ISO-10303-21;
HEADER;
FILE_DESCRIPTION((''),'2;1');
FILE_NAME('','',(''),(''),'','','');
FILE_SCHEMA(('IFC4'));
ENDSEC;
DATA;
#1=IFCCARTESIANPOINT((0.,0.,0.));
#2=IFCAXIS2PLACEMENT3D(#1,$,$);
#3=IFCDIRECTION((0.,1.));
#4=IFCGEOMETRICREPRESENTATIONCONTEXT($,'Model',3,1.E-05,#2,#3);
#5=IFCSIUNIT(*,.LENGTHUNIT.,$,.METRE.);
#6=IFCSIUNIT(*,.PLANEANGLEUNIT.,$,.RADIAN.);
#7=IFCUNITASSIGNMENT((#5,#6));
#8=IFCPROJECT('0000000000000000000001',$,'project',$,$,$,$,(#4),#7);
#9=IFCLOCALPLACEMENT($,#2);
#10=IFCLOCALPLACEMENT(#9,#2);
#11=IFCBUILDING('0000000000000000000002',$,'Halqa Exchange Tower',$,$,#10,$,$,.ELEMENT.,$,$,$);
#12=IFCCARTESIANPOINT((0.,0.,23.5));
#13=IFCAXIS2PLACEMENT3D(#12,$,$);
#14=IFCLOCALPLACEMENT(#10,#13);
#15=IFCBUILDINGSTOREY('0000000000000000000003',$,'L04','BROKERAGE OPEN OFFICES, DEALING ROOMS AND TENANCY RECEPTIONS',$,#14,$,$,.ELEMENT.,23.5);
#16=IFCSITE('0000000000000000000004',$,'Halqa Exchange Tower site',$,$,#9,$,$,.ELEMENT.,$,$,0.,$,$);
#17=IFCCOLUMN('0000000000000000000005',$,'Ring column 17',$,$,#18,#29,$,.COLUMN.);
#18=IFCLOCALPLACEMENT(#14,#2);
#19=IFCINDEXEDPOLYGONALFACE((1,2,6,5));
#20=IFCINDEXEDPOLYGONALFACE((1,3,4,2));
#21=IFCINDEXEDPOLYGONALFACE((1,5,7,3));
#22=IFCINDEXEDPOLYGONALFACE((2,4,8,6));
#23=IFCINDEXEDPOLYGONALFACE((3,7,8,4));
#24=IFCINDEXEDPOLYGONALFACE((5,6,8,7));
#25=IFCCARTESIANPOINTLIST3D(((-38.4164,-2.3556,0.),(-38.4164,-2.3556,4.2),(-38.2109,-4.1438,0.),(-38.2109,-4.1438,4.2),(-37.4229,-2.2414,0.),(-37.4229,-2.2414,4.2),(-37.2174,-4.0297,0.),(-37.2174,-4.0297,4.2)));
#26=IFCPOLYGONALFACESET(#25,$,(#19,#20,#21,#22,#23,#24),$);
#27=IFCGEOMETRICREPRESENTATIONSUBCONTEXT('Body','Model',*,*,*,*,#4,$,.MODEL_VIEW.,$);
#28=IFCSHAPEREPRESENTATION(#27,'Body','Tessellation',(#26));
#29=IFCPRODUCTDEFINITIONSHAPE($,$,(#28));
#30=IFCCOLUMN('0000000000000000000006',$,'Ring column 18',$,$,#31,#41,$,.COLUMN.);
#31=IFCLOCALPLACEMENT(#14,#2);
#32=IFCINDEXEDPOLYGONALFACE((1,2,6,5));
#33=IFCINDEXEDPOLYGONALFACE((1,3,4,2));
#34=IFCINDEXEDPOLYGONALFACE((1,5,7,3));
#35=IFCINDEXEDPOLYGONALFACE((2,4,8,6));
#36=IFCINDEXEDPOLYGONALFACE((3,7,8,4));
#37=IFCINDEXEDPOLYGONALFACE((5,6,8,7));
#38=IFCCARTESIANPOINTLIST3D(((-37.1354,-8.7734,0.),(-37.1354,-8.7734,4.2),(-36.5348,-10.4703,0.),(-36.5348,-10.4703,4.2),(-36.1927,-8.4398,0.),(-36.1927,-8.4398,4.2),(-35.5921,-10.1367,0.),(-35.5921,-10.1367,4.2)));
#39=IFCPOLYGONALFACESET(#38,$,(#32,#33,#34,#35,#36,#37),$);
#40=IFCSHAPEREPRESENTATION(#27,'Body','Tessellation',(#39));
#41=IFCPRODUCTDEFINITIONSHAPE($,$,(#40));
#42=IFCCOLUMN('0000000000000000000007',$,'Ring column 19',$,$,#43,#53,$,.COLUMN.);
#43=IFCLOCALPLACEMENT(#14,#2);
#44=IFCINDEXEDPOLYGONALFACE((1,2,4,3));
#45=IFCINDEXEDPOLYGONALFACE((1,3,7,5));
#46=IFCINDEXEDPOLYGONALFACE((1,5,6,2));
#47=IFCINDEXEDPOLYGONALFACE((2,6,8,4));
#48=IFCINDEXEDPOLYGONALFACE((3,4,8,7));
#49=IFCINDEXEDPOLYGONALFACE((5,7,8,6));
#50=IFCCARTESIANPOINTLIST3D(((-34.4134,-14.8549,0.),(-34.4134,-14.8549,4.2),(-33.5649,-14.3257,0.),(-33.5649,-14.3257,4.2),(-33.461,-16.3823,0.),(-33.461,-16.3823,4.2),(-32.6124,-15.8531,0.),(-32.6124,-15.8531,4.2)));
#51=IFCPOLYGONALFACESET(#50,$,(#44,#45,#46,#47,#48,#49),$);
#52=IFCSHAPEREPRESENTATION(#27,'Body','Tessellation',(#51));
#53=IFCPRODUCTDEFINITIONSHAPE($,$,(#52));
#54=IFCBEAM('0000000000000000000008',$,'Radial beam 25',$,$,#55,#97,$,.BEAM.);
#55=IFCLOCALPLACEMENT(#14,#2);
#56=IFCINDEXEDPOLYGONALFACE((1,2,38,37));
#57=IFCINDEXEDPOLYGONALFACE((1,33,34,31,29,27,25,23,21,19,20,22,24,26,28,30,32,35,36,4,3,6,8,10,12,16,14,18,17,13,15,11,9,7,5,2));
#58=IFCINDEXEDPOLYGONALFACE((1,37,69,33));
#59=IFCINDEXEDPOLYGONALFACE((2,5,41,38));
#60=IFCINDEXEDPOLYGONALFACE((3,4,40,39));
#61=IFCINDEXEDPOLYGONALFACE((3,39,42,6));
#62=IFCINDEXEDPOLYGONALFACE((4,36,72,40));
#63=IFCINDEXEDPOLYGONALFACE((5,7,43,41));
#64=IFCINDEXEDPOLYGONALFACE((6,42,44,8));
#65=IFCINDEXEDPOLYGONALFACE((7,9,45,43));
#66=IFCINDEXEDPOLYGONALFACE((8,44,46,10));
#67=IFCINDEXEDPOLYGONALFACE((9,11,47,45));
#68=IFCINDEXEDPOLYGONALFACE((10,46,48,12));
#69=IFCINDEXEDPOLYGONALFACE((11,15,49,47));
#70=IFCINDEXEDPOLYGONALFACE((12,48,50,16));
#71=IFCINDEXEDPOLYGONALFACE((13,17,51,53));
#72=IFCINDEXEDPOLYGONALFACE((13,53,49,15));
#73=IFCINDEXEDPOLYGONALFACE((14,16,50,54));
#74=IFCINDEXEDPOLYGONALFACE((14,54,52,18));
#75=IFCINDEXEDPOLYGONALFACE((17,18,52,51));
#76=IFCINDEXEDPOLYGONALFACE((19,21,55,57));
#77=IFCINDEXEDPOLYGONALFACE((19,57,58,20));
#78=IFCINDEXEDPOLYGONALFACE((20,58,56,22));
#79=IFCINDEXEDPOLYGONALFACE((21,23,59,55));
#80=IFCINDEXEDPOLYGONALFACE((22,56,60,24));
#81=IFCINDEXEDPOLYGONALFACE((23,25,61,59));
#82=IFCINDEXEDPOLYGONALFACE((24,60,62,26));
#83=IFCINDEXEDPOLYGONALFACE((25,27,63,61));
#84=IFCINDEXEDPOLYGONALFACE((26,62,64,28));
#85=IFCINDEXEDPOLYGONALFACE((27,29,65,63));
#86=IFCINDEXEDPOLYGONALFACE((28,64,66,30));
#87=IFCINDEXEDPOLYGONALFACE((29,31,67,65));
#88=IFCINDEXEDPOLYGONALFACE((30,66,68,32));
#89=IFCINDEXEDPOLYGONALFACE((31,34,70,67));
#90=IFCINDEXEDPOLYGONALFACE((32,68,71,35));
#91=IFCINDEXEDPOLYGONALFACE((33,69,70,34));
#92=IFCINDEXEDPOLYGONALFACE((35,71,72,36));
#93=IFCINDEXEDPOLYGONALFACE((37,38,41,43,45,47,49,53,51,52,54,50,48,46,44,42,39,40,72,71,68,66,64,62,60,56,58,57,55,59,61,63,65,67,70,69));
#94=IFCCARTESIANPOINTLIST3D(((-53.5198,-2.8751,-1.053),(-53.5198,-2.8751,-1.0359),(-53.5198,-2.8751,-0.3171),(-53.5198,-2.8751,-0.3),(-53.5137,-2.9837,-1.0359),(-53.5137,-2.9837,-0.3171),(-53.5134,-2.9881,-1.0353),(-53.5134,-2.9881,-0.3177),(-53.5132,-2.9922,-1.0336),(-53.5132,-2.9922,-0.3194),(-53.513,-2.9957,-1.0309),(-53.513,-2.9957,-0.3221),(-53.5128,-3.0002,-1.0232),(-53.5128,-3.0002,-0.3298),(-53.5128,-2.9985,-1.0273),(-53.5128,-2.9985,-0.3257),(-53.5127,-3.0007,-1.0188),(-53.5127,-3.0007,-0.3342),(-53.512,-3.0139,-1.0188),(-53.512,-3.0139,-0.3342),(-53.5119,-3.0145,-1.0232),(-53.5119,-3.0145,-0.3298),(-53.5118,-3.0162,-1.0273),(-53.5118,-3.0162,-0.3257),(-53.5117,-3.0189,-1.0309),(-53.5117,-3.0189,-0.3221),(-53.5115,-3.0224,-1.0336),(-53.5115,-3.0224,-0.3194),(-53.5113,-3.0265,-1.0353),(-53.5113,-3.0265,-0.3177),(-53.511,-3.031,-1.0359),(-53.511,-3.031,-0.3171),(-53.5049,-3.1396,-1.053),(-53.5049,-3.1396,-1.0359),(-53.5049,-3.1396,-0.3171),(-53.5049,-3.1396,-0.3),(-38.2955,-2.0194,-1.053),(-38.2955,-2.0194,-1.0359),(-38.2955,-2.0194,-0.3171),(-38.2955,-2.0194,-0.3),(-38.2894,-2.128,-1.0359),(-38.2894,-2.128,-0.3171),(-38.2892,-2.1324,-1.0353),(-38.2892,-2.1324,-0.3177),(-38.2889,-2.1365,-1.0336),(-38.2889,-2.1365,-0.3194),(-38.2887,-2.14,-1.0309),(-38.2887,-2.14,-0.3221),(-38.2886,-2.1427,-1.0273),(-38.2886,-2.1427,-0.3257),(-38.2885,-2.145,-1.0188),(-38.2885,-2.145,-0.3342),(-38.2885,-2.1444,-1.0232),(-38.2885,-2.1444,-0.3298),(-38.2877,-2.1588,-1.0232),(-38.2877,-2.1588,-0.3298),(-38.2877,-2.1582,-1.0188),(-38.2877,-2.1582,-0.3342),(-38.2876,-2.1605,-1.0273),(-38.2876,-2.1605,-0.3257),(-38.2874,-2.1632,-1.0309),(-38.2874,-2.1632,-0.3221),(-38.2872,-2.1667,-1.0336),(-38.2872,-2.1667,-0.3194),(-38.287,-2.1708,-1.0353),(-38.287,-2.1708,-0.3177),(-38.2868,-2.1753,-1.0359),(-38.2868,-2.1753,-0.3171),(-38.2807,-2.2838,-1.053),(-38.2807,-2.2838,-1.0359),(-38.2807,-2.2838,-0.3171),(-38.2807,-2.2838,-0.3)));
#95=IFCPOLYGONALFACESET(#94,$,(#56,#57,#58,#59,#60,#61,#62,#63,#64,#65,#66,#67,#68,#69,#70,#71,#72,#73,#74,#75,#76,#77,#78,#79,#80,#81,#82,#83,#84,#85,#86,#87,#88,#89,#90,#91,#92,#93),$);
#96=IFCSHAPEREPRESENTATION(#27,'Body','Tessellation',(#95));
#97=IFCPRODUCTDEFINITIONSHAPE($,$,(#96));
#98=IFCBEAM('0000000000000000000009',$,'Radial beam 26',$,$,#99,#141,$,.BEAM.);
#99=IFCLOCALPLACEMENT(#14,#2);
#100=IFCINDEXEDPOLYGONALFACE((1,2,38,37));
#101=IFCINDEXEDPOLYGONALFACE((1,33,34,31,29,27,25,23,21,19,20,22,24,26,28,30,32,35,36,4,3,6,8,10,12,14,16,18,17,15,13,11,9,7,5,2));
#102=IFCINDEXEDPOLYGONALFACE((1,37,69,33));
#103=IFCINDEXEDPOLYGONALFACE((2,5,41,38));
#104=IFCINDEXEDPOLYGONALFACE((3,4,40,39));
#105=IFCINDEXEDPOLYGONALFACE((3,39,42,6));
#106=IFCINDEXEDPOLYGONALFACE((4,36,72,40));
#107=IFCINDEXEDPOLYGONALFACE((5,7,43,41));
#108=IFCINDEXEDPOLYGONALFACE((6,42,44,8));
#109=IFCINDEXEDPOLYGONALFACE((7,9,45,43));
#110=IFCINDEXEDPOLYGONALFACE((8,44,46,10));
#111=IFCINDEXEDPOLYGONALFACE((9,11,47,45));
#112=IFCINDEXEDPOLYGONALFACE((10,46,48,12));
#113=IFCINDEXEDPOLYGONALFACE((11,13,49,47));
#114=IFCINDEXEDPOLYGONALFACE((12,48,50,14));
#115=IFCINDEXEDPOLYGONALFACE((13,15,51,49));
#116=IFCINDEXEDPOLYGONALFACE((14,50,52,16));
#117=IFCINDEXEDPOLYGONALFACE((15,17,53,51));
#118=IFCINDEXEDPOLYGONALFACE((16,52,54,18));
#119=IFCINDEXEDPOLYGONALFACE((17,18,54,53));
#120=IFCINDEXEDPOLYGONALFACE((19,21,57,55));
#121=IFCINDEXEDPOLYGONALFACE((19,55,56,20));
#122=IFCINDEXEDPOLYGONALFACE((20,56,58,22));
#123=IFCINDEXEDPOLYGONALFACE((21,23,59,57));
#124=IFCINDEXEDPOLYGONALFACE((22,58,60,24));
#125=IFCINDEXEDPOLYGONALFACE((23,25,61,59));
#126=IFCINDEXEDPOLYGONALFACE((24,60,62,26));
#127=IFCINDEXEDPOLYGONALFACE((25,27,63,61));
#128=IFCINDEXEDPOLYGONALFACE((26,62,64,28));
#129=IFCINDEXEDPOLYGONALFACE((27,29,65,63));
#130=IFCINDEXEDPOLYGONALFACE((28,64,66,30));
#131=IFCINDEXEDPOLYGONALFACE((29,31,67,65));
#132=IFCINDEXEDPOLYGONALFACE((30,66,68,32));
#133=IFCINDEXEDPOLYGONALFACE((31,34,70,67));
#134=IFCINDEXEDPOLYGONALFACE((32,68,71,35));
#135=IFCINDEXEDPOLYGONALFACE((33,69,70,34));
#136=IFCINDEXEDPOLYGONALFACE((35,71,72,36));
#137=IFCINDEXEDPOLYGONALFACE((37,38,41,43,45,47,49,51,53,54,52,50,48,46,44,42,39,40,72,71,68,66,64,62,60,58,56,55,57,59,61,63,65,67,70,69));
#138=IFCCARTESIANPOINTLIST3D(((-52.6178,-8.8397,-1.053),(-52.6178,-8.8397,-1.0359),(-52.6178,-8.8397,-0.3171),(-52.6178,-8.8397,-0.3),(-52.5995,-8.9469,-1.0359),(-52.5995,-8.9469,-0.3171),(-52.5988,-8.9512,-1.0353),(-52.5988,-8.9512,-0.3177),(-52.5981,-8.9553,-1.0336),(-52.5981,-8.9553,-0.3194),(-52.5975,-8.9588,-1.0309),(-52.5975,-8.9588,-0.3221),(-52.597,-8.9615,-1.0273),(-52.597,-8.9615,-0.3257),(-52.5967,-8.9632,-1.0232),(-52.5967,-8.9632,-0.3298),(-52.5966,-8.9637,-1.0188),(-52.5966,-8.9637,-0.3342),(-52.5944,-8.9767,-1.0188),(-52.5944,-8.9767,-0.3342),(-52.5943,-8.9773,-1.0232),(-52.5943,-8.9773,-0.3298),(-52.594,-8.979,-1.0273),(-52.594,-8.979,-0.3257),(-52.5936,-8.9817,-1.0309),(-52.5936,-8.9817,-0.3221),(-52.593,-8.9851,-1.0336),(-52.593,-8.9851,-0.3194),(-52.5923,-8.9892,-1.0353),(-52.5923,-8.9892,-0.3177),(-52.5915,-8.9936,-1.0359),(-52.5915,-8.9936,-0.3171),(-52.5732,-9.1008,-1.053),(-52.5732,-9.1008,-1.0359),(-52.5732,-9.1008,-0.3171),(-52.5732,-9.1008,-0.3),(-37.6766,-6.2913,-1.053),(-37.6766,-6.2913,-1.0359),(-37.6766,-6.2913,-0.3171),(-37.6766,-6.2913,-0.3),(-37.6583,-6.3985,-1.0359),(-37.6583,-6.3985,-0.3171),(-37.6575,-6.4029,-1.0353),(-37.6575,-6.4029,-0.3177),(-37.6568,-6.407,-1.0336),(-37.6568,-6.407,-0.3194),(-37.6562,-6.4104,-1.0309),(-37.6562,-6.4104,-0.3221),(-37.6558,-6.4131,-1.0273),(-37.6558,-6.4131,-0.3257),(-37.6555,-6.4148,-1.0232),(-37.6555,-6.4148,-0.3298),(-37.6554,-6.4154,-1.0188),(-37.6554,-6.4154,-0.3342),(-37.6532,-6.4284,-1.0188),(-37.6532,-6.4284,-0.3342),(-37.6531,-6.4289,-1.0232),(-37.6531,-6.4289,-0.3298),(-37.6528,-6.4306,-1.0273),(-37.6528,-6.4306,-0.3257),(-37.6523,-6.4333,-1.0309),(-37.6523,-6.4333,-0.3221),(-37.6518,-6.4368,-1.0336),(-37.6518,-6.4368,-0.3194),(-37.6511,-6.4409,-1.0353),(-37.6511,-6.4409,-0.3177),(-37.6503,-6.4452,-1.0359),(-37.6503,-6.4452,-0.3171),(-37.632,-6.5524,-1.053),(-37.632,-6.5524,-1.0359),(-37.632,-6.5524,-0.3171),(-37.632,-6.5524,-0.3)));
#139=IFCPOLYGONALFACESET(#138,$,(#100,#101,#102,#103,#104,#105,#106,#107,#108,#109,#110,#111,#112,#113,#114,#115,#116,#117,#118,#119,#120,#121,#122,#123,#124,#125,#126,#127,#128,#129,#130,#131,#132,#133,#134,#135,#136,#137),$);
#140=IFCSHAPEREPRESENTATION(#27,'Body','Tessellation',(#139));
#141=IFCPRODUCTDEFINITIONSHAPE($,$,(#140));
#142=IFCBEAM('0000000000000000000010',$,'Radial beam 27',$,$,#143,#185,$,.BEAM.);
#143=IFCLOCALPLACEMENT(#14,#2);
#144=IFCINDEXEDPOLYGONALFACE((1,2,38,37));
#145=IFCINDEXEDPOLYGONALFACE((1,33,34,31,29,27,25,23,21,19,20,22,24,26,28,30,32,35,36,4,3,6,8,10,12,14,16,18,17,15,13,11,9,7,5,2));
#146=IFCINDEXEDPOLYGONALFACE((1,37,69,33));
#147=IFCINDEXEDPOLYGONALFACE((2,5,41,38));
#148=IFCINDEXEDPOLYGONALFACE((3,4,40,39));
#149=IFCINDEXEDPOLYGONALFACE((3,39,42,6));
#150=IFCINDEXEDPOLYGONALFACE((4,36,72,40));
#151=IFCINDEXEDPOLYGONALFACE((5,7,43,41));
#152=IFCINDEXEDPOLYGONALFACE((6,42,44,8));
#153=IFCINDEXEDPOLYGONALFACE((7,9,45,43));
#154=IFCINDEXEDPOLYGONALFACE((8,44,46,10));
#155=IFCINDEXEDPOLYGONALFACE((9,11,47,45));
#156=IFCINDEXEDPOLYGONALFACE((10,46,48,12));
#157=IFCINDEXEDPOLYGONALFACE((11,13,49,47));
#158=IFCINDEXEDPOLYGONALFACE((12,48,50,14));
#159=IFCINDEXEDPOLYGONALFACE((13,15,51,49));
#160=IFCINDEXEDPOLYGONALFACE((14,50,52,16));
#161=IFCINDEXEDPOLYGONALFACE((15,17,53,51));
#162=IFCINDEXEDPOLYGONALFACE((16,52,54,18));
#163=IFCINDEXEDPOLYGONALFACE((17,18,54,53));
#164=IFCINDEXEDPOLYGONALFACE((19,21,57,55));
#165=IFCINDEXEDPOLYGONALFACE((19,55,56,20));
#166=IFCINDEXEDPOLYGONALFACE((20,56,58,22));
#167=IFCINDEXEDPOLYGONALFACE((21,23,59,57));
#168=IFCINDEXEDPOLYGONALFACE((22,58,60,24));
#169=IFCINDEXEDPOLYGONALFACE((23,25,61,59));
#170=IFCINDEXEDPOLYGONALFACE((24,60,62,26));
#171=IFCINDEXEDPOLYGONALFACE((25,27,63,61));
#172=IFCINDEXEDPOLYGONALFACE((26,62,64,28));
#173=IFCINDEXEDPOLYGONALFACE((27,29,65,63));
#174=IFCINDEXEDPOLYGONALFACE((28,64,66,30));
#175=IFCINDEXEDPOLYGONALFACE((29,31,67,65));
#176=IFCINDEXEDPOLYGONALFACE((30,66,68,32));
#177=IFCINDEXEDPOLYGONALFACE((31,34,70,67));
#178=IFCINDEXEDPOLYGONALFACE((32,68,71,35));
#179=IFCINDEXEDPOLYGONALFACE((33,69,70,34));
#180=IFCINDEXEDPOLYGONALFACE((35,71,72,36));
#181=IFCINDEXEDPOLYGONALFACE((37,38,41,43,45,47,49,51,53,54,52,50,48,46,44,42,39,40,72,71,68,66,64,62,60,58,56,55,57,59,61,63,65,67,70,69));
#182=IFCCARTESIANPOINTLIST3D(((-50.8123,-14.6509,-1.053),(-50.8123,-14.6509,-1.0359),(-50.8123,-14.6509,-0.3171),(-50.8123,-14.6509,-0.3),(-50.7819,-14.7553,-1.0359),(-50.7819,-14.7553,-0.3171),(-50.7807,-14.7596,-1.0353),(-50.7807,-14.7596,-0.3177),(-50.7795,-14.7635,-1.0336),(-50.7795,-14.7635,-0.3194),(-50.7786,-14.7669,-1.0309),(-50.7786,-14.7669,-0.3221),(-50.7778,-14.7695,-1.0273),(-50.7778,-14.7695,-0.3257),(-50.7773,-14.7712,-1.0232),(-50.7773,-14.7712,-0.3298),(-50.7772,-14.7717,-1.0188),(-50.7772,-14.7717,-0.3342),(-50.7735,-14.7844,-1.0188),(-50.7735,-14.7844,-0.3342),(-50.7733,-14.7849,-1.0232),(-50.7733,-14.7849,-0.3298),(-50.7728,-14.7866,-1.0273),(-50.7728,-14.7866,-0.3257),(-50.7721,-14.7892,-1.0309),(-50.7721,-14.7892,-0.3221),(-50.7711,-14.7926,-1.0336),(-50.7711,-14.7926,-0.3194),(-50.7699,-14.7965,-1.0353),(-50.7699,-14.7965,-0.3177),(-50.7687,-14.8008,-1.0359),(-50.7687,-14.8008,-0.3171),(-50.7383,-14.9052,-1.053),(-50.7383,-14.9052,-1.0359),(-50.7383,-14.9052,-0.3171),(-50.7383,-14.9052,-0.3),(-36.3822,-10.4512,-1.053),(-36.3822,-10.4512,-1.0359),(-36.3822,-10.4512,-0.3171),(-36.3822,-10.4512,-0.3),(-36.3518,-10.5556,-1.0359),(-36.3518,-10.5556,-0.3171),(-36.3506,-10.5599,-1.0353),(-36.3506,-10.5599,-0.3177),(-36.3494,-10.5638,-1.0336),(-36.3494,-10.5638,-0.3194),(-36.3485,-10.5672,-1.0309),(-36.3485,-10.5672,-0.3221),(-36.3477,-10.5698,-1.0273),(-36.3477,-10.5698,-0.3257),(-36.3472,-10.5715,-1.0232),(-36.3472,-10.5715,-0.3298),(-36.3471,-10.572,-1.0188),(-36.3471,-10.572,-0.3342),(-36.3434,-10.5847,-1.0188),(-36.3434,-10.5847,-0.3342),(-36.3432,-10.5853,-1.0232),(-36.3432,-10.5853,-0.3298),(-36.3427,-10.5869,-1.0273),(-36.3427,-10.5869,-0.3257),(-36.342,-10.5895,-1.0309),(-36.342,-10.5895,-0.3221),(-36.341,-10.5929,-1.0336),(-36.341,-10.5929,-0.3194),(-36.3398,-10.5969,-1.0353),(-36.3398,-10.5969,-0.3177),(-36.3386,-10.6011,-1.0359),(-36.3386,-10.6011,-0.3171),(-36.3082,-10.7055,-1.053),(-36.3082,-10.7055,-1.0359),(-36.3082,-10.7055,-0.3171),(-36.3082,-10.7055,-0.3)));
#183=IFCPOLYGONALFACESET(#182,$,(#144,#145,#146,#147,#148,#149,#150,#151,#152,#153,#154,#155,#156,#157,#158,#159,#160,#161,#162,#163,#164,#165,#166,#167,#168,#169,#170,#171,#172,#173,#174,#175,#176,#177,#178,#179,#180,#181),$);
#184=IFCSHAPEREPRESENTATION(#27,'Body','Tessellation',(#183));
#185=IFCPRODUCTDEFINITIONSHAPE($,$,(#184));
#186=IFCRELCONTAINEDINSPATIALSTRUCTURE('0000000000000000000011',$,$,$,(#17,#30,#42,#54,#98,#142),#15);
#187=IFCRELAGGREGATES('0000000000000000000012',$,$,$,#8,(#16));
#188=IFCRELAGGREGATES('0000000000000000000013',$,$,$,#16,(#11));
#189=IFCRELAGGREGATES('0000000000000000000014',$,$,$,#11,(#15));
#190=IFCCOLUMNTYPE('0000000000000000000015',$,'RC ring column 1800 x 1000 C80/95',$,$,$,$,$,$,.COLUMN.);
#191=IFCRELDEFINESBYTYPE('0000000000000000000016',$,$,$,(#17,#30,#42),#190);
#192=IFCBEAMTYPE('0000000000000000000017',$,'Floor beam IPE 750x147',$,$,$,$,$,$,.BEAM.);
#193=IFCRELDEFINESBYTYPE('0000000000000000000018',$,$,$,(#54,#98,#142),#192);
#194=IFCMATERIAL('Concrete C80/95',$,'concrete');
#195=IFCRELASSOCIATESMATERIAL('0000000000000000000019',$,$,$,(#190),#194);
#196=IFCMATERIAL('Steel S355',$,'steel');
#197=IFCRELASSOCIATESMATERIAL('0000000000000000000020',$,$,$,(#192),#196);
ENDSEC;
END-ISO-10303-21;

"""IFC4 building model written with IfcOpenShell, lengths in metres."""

from ifc_helpers import new_model, si_unit, direction, frame, origin, origin_2d, place, context, subcontext, project, spatial, rectangle, i_section, extrude, material, material_profile, profile_set, type_object, element, save


model = new_model("IFC4")

# Units and contexts
model_context = context("Model", 3, precision=1e-05, world=origin(), true_north=direction((0.0, 1.0)))
body_context = subcontext(model_context, "Body", "Model", "MODEL_VIEW")
ifc_project = project(units=[si_unit("LENGTHUNIT", "METRE"), si_unit("PLANEANGLEUNIT", "RADIAN")], contexts=[model_context])

# Site, building, storey
site_placement = place(None, origin())
site = spatial("IfcSite", under=ifc_project, at=site_placement, Name="Halqa Exchange Tower site", CompositionType="ELEMENT", RefElevation=0.0)
building_placement = place(site_placement, origin())
building = spatial("IfcBuilding", under=site, at=building_placement, Name="Halqa Exchange Tower", CompositionType="ELEMENT")
storey_placement = place(building_placement, frame((0.0, 0.0, 23.5)))
storey = spatial("IfcBuildingStorey", under=building, at=storey_placement, Name="L04", Description="BROKERAGE OPEN OFFICES, DEALING ROOMS AND TENANCY RECEPTIONS", CompositionType="ELEMENT", Elevation=23.5)

# Columns
ifc_material_1 = material(Name="Concrete C80/95", Category="concrete")
ifc_material_profile_1 = material_profile(ifc_material_1, rectangle(XDim=1.8, YDim=1.0, at=origin_2d()), Name="1800 x 1000")
ifc_profile_set_1 = profile_set([ifc_material_profile_1], Name="Concrete C80/95")
column_type = type_object("IfcColumnType", Name="RC ring column 1800 x 1000 C80/95", PredefinedType="COLUMN", material=ifc_profile_set_1)
for number, where, z_axis, x_axis, name in (
    (1, (-37.8169, -3.1926, 0.0), (0.0, 0.0, 1.0), (0.114155, -0.993463, 0.0), "Ring column 17"),
    (2, (-36.3638, -9.4551, 0.0), (0.0, 0.0, 1.0), (0.333628, -0.942705, 0.0), "Ring column 18"),
    (3, (-33.5129, -15.354, 0.0), (0.0, 0.0, 1.0), (0.52914, -0.848534, 0.0), "Ring column 19"),
):
    element("IfcColumn", number, at=place(storey_placement, frame(where, z_axis=z_axis, x_axis=x_axis)), inside=storey, type_object=column_type, Name=name, PredefinedType="COLUMN", context=body_context, shape_type="SweptSolid", body=[
        extrude(rectangle(XDim=1.8, YDim=1.0, at=origin_2d()), origin(), (0.0, 0.0, 1.0), 4.2),
    ])

# Beams
ifc_material_2 = material(Name="Steel S355", Category="steel")
ifc_material_profile_2 = material_profile(ifc_material_2, i_section(OverallWidth=0.2649, OverallDepth=0.7529, WebThickness=0.0132, FlangeThickness=0.0171, FilletRadius=0.0171, at=origin_2d()), Name="IPE 750x147")
ifc_profile_set_2 = profile_set([ifc_material_profile_2], Name="Steel S355")
beam_type_1 = type_object("IfcBeamType", Name="Floor beam IPE 750x147", PredefinedType="BEAM", material=ifc_profile_set_2)
beam_1_placement = place(storey_placement, frame((-38.2881, -2.1516, -0.6765), z_axis=(-0.998424, -0.056118, 0.0), x_axis=(0.056118, -0.998424, 0.0)))
element("IfcBeam", 4, at=beam_1_placement, inside=storey, type_object=beam_type_1, Name="Radial beam 25", PredefinedType="BEAM", context=body_context, shape_type="SweptSolid", body=[
    extrude(i_section(OverallWidth=0.2649, OverallDepth=0.7529, WebThickness=0.0132, FlangeThickness=0.0171, FilletRadius=0.0171, at=origin_2d()), origin(), (0.0, 0.0, 1.0), 15.2483),
])
beam_2_placement = place(storey_placement, frame((-37.6543, -6.4219, -0.6765), z_axis=(-0.985765, -0.16813, 0.0), x_axis=(0.16813, -0.985765, 0.0)))
element("IfcBeam", 5, at=beam_2_placement, inside=storey, type_object=beam_type_1, Name="Radial beam 26", PredefinedType="BEAM", context=body_context, shape_type="SweptSolid", body=[
    extrude(i_section(OverallWidth=0.2649, OverallDepth=0.7529, WebThickness=0.0132, FlangeThickness=0.0171, FilletRadius=0.0171, at=origin_2d()), origin(), (0.0, 0.0, 1.0), 15.157),
])
beam_3_placement = place(storey_placement, frame((-36.3452, -10.5784, -0.6765), z_axis=(-0.960162, -0.279442, 0.0), x_axis=(0.279442, -0.960162, 0.0)))
element("IfcBeam", 6, at=beam_3_placement, inside=storey, type_object=beam_type_1, Name="Radial beam 27", PredefinedType="BEAM", context=body_context, shape_type="SweptSolid", body=[
    extrude(i_section(OverallWidth=0.2649, OverallDepth=0.7529, WebThickness=0.0132, FlangeThickness=0.0171, FilletRadius=0.0171, at=origin_2d()), origin(), (0.0, 0.0, 1.0), 15.0288),
])

save(model, "model.ifc")
